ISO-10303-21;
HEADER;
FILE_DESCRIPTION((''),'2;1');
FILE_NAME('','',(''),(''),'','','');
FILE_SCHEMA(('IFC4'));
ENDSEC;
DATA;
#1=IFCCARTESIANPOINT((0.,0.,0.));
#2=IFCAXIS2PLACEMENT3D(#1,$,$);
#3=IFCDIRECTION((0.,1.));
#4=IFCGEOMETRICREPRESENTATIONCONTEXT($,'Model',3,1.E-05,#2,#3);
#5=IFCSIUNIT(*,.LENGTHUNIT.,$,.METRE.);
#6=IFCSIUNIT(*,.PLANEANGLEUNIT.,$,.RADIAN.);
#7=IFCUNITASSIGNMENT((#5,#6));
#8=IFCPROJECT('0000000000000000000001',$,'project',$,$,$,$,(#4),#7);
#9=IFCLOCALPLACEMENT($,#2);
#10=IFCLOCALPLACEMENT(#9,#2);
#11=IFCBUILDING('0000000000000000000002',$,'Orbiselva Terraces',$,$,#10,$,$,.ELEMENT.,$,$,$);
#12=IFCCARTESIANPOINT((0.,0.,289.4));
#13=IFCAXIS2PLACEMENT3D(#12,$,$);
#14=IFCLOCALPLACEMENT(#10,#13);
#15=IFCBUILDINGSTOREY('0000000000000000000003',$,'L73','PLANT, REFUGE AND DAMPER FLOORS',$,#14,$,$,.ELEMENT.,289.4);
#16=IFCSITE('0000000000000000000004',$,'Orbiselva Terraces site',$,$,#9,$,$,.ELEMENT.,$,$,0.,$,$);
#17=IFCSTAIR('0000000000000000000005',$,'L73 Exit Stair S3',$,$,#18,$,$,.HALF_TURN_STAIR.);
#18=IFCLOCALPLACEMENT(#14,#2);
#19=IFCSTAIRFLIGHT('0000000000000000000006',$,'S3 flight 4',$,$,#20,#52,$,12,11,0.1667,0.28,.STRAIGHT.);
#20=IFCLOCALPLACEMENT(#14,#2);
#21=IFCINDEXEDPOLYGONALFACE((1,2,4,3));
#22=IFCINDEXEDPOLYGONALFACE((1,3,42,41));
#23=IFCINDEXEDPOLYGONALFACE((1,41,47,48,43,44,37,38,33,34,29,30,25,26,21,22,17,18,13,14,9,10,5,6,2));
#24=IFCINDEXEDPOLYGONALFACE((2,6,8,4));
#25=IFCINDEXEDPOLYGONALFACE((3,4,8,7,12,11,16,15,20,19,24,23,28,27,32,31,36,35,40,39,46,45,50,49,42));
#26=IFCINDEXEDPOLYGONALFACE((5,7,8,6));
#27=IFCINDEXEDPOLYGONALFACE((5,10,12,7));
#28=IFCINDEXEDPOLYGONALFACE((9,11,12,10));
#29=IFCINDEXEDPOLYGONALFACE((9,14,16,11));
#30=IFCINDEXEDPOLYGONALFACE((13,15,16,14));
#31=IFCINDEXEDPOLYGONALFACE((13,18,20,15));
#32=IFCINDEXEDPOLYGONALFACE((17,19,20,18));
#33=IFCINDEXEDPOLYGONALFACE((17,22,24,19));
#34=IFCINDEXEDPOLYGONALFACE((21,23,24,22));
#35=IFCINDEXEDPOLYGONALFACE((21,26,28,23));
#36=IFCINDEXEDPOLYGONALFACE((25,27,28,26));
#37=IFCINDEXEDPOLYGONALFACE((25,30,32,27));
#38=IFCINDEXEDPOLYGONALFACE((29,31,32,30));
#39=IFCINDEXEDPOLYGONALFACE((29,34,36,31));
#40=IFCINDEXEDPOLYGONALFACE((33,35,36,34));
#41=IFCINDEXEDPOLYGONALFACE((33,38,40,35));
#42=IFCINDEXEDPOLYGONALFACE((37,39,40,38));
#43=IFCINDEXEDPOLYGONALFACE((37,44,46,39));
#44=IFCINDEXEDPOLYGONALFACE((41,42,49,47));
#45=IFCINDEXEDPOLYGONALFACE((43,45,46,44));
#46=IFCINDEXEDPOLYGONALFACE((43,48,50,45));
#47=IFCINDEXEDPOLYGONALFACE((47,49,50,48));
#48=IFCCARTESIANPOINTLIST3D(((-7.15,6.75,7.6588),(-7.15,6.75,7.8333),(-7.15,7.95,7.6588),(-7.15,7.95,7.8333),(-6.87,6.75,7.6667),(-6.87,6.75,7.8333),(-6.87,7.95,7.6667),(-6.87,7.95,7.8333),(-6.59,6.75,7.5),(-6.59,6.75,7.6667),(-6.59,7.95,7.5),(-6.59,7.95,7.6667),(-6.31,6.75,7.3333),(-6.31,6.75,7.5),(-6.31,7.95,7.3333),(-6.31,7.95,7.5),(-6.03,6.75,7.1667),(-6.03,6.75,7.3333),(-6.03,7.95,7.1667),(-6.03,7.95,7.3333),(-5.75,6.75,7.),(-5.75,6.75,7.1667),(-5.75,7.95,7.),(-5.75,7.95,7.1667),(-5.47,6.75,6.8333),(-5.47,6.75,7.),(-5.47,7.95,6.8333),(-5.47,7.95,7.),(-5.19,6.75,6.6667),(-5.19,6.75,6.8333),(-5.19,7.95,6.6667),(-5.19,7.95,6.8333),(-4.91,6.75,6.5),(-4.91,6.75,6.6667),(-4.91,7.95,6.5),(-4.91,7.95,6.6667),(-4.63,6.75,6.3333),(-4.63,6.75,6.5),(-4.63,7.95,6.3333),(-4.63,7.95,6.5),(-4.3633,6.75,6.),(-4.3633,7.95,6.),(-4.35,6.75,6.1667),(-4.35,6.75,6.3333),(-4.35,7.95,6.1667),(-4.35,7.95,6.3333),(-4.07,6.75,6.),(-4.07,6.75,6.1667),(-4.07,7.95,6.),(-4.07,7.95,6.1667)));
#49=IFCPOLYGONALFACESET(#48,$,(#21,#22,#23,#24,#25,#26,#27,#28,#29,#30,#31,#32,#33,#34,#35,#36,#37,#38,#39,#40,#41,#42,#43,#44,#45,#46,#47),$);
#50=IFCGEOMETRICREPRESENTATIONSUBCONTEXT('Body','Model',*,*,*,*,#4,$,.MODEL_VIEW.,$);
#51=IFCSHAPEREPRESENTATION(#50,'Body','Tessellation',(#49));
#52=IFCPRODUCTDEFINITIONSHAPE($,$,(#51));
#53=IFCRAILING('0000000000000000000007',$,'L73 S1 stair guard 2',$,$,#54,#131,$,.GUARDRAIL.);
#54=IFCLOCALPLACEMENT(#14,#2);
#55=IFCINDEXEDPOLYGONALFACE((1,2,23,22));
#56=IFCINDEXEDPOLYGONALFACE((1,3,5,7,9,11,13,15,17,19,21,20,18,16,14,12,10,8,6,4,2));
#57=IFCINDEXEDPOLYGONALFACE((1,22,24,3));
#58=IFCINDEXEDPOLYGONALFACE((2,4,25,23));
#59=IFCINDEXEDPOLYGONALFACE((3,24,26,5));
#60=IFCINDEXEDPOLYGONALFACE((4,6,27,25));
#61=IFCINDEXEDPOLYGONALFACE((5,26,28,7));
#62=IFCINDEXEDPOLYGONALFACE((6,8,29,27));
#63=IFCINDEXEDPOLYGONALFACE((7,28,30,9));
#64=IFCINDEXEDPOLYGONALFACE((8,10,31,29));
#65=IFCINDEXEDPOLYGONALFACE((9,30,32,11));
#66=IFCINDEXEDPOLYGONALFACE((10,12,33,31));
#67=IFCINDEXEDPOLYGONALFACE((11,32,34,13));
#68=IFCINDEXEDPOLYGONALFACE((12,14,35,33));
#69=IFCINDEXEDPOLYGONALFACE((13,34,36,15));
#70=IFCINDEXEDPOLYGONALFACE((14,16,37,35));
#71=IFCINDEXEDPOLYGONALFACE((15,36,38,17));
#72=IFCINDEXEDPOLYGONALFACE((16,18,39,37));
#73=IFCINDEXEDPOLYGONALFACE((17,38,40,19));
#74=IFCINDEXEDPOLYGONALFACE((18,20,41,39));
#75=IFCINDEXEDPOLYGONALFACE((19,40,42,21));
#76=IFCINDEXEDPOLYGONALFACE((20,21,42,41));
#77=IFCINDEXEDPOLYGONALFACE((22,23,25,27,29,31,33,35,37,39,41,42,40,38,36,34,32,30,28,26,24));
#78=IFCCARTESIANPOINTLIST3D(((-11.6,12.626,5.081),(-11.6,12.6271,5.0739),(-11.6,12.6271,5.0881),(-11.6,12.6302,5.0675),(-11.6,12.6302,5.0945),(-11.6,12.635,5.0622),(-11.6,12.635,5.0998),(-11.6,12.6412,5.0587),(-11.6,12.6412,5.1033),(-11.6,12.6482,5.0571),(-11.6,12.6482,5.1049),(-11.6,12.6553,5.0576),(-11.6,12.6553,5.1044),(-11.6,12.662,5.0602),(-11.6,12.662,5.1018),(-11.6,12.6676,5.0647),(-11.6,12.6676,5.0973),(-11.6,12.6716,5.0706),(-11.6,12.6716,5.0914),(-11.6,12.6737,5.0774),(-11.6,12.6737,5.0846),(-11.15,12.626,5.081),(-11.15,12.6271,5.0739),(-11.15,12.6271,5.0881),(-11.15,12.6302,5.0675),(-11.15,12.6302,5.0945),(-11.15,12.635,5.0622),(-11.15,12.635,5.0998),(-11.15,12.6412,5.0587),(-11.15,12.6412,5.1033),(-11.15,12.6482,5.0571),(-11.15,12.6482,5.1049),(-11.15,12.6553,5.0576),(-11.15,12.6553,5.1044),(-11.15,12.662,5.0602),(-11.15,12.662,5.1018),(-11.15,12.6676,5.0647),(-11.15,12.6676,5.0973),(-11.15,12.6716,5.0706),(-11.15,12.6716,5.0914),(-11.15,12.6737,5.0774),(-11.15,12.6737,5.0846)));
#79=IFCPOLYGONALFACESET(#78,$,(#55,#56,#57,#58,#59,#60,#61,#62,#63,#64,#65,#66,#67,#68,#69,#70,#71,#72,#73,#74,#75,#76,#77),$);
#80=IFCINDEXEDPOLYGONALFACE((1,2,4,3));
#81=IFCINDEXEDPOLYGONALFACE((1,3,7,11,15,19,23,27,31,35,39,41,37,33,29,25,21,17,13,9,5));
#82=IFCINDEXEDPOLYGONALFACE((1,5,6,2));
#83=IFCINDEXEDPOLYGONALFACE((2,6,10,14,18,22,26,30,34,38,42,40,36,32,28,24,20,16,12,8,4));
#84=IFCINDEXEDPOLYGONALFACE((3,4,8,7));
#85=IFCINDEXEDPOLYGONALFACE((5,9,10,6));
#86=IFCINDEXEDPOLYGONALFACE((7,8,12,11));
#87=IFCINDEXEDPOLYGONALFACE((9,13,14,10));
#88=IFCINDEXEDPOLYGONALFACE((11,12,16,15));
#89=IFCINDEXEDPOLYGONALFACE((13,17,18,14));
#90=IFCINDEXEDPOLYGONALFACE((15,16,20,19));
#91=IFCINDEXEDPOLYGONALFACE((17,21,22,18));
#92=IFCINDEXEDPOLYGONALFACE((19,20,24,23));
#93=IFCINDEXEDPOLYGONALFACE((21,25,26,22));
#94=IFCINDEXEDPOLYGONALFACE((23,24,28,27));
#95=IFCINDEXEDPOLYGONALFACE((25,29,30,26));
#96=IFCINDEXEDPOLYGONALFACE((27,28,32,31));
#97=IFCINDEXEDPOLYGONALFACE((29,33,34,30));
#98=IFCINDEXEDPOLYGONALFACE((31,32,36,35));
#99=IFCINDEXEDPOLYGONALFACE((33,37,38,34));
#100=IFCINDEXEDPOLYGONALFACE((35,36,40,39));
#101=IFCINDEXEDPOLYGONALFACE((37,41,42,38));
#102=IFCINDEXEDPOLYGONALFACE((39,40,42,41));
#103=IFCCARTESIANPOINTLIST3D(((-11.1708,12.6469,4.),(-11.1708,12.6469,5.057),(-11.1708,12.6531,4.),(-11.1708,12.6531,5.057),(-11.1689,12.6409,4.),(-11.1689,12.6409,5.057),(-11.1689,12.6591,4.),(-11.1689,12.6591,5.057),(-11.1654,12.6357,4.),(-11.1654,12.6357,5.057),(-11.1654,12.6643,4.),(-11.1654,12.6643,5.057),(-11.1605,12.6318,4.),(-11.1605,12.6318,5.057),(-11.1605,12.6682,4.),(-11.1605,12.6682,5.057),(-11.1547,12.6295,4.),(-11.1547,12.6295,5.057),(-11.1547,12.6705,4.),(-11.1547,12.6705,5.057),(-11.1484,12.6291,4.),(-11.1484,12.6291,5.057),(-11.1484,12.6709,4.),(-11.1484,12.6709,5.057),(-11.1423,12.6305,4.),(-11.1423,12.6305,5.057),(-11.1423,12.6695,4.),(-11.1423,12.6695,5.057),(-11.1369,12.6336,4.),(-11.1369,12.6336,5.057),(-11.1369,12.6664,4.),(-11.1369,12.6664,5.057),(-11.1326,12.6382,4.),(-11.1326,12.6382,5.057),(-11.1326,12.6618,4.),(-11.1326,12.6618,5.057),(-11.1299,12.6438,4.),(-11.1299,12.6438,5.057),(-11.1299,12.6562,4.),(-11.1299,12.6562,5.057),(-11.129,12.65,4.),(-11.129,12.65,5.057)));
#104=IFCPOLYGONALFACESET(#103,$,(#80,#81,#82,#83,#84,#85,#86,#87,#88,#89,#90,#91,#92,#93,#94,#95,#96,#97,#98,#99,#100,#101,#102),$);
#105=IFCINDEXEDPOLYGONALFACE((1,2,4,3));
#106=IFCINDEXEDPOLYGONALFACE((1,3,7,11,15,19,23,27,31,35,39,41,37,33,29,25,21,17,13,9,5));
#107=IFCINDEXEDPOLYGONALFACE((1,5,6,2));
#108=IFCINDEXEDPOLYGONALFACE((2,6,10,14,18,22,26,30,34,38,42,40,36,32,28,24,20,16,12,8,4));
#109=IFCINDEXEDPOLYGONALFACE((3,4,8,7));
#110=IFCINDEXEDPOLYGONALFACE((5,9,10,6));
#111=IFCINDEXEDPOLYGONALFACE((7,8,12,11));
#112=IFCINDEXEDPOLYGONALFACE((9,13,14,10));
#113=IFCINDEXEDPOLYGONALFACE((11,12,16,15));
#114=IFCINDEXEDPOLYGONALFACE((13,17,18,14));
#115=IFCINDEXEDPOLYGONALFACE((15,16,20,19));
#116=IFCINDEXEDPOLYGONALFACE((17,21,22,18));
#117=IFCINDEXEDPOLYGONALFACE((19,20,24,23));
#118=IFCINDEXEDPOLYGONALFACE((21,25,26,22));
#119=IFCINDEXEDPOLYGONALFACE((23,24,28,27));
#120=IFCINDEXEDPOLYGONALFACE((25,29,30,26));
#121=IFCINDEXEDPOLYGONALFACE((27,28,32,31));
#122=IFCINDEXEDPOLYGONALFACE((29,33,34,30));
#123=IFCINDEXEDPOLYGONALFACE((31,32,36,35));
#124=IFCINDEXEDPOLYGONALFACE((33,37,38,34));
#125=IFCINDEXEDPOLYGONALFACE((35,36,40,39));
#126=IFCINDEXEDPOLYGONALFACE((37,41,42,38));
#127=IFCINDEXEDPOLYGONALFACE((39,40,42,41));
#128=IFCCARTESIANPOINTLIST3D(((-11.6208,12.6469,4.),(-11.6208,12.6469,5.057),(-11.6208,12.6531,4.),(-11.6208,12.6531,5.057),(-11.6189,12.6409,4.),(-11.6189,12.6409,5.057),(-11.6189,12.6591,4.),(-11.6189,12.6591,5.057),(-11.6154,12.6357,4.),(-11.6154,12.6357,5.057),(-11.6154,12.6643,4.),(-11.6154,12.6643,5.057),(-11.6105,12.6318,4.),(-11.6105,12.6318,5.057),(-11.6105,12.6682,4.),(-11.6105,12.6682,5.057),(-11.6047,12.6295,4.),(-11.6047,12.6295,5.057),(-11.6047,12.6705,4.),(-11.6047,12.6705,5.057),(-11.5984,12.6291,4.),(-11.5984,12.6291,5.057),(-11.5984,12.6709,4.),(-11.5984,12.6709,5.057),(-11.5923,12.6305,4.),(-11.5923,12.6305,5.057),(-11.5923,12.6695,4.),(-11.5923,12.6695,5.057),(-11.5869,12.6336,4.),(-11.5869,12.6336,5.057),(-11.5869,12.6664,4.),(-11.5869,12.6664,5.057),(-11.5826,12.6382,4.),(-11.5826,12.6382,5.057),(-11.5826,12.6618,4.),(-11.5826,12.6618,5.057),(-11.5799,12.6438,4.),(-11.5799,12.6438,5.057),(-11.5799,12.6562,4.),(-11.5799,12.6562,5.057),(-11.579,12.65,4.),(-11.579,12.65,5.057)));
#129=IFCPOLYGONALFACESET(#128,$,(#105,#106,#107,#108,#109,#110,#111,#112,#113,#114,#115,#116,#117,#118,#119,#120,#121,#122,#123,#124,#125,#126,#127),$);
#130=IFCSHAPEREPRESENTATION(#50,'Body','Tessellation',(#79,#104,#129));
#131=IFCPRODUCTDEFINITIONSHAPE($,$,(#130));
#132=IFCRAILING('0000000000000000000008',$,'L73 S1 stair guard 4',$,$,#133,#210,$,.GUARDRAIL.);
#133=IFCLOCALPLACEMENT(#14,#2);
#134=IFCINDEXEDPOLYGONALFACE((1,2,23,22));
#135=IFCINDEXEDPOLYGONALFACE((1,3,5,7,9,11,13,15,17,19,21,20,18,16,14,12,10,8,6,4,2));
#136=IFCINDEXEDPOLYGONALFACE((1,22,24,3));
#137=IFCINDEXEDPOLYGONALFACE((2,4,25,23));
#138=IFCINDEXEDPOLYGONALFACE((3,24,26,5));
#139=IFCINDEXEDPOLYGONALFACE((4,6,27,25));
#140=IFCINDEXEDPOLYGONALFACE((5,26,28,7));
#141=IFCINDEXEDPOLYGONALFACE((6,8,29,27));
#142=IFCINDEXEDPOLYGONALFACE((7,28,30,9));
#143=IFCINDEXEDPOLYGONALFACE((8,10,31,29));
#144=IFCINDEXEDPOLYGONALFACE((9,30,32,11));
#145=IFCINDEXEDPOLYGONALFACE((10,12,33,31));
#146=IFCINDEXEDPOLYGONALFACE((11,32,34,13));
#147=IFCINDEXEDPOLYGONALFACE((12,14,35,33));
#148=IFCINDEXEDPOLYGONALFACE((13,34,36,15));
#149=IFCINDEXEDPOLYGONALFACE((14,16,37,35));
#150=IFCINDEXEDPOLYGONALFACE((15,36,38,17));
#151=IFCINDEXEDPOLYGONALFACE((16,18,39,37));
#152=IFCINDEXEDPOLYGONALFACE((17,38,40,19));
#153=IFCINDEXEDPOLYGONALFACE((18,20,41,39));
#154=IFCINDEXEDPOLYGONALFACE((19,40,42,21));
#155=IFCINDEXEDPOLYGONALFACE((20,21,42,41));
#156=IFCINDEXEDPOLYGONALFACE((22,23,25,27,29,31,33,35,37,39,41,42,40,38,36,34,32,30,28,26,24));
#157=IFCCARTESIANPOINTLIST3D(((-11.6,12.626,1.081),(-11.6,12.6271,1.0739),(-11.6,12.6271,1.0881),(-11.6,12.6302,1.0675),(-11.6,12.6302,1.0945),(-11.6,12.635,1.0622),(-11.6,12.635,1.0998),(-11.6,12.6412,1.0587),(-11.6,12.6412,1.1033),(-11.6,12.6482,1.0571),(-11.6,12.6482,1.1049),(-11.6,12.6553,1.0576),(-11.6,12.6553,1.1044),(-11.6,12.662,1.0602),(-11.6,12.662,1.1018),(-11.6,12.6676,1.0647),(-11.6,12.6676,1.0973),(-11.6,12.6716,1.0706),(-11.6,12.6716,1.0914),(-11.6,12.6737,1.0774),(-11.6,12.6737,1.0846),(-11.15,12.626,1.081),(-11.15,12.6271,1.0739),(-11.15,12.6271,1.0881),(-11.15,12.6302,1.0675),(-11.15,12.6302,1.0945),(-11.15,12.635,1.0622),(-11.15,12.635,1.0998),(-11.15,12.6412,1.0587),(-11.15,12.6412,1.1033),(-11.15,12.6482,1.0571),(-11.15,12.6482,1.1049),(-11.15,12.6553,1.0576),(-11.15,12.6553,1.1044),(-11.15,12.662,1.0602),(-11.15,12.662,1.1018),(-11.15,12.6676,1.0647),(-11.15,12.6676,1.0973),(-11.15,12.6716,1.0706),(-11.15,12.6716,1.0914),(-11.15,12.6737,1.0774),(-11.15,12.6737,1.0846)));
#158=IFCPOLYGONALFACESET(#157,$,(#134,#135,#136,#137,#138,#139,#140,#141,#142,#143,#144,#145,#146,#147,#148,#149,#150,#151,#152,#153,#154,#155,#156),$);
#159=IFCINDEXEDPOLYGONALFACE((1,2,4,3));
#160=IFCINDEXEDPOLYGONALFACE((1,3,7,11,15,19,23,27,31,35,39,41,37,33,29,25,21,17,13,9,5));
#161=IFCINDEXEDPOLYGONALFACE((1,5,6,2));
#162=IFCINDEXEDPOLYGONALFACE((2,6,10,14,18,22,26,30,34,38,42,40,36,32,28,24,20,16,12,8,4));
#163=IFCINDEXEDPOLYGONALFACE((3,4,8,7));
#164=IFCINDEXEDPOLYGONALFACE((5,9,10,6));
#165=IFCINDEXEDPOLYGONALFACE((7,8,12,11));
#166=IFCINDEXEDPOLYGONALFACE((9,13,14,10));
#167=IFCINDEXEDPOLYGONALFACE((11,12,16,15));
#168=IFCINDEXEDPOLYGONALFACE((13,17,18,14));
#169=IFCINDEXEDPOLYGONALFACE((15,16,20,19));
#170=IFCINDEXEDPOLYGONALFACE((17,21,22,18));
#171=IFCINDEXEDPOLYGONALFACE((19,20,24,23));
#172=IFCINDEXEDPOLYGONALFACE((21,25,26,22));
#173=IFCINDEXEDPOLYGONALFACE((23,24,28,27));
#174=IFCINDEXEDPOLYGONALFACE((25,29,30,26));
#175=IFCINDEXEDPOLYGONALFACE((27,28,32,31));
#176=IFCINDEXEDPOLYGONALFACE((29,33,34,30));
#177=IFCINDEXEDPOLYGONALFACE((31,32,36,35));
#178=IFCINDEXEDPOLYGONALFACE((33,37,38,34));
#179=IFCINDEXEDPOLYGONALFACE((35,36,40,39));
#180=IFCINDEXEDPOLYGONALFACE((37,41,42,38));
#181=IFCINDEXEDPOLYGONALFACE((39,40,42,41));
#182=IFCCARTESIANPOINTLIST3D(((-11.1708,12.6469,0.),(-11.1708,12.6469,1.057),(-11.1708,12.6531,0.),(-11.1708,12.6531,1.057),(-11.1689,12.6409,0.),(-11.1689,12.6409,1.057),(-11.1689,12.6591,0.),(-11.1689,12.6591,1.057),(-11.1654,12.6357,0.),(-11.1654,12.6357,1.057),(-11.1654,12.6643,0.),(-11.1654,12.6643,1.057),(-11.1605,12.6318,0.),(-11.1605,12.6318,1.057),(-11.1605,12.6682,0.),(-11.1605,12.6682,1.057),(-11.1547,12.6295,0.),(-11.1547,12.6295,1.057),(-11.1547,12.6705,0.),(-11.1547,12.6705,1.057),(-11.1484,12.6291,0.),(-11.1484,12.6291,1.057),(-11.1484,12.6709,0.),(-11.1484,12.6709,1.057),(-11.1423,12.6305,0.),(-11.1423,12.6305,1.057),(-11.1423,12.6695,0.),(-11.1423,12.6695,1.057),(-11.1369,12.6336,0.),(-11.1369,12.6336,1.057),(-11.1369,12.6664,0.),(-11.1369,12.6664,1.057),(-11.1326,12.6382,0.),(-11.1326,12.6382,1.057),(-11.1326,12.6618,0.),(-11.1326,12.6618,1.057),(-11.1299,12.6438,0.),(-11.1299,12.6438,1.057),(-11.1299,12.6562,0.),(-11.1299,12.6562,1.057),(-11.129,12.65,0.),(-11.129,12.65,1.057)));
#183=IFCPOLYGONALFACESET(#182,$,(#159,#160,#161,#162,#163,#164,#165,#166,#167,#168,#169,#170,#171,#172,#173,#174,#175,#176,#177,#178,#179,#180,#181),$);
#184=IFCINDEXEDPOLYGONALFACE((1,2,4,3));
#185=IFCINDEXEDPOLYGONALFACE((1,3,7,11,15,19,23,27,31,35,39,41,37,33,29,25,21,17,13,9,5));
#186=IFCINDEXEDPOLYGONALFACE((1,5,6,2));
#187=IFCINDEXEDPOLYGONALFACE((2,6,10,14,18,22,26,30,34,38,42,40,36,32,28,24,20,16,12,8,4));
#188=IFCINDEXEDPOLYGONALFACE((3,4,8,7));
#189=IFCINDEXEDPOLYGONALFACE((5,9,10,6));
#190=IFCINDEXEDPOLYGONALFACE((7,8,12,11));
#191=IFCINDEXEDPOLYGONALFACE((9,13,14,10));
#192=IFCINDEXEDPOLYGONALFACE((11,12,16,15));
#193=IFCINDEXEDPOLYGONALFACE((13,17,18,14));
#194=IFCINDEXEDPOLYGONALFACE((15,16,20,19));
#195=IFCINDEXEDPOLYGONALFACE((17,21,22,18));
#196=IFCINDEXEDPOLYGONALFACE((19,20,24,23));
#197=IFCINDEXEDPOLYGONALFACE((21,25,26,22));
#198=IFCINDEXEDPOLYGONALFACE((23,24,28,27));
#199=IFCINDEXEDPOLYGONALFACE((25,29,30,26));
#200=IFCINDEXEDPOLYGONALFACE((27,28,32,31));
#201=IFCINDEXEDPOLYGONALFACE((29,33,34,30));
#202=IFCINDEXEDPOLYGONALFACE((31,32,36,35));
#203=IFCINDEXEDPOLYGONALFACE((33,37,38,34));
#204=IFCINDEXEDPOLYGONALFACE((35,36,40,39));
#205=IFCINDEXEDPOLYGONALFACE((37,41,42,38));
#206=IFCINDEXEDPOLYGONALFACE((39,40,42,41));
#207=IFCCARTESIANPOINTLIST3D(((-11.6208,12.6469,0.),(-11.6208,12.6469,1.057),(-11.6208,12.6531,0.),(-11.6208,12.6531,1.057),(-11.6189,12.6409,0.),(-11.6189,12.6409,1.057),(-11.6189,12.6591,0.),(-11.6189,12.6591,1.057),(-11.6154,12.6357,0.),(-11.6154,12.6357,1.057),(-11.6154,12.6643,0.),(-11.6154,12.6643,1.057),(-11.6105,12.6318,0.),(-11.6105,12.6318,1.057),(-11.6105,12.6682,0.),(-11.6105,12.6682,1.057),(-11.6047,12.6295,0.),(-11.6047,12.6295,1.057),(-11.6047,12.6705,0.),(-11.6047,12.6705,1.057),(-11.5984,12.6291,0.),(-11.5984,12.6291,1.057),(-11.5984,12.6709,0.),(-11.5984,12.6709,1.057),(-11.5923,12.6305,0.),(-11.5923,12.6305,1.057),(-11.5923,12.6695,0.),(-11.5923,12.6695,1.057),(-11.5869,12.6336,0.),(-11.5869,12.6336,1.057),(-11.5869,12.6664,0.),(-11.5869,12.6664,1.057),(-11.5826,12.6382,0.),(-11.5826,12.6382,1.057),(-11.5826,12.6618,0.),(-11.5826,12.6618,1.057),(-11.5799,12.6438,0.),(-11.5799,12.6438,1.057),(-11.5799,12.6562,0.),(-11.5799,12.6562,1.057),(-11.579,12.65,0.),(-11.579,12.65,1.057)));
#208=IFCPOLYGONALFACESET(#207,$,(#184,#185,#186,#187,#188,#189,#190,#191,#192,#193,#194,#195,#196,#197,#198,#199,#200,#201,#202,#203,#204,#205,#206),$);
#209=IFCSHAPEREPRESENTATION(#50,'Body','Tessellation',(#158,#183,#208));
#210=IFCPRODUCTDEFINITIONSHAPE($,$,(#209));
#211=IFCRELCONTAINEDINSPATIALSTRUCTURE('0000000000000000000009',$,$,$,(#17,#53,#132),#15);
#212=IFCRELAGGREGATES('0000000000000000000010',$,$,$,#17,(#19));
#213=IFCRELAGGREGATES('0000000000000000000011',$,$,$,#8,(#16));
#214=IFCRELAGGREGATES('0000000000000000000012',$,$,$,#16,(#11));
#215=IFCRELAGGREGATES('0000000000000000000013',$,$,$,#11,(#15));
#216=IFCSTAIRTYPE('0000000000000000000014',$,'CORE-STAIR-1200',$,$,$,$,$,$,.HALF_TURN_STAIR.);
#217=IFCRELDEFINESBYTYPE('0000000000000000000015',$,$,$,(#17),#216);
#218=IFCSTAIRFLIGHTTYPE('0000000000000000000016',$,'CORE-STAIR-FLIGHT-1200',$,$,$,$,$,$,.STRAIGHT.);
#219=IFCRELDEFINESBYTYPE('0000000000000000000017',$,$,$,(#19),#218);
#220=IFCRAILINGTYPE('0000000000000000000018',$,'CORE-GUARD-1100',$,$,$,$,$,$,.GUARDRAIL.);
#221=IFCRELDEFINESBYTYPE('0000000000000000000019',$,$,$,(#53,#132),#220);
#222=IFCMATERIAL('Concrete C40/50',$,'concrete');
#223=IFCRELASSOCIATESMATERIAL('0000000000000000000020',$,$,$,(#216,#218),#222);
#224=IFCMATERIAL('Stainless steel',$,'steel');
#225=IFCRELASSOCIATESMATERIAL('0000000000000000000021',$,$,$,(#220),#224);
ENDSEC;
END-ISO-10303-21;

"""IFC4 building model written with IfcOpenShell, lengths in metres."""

from ifc_helpers import new_model, si_unit, direction, frame, origin, origin_2d, place, context, subcontext, project, spatial, polyline, circle, outline, extrude, material, type_object, element, aggregate, save


model = new_model("IFC4")

# Units and contexts
model_context = context("Model", 3, precision=1e-05, world=origin(), true_north=direction((0.0, 1.0)))
body_context = subcontext(model_context, "Body", "Model", "MODEL_VIEW")
ifc_project = project(units=[si_unit("LENGTHUNIT", "METRE"), si_unit("PLANEANGLEUNIT", "RADIAN")], contexts=[model_context])

# Site, building, storey
site_placement = place(None, origin())
site = spatial("IfcSite", under=ifc_project, at=site_placement, Name="Orbiselva Terraces site", CompositionType="ELEMENT", RefElevation=0.0)
building_placement = place(site_placement, origin())
building = spatial("IfcBuilding", under=site, at=building_placement, Name="Orbiselva Terraces", CompositionType="ELEMENT")
storey_placement = place(building_placement, frame((0.0, 0.0, 289.4)))
storey = spatial("IfcBuildingStorey", under=building, at=storey_placement, Name="L73", Description="PLANT, REFUGE AND DAMPER FLOORS", CompositionType="ELEMENT", Elevation=289.4)

# Stair, stair flight
ifc_material_1 = material(Name="Concrete C40/50", Category="concrete")
stair_type = type_object("IfcStairType", Name="CORE-STAIR-1200", PredefinedType="HALF_TURN_STAIR", material=ifc_material_1)
stair_placement = place(storey_placement, origin())
stair = element("IfcStair", 1, at=stair_placement, inside=storey, type_object=stair_type, Name="L73 Exit Stair S3", PredefinedType="HALF_TURN_STAIR")
stair_flight_type = type_object("IfcStairFlightType", Name="CORE-STAIR-FLIGHT-1200", PredefinedType="STRAIGHT", material=ifc_material_1)
stair_flight_1_placement = place(storey_placement, frame((-4.07, 7.35, 6.0), z_axis=(0.0, 0.0, 1.0), x_axis=(-1.0, 0.0, 0.0)))
stair_flight_1 = element("IfcStairFlight", 2, at=stair_flight_1_placement, type_object=stair_flight_type, Name="S3 flight 4", NumberOfRisers=12, NumberOfTreads=11, PredefinedType="STRAIGHT", RiserHeight=0.1667, TreadLength=0.28, context=body_context, shape_type="SweptSolid", body=[
    extrude(outline(polyline([(0.0, 0.0), (0.0, 0.1667), (0.28, 0.1667), (0.28, 0.3333), (0.56, 0.3333), (0.56, 0.5), (0.84, 0.5), (0.84, 0.6667), (1.12, 0.6667), (1.12, 0.8333), (1.4, 0.8333), (1.4, 1.0), (1.68, 1.0), (1.68, 1.1667), (1.96, 1.1667), (1.96, 1.3333), (2.24, 1.3333), (2.24, 1.5), (2.52, 1.5), (2.52, 1.6667), (2.8, 1.6667), (2.8, 1.8333), (3.08, 1.8333), (3.08, 2.0), (3.08, 1.6588), (0.2933, 0.0), (0.0, 0.0)])), frame((0.0, 0.6, 0.0), z_axis=(0.0, -1.0, 0.0), x_axis=(1.0, 0.0, 0.0)), (0.0, 0.0, 1.0), 1.2),
])
aggregate(stair, [stair_flight_1])

# Railings
ifc_material_2 = material(Name="Stainless steel", Category="steel")
railing_type_1 = type_object("IfcRailingType", Name="CORE-GUARD-1100", PredefinedType="GUARDRAIL", material=ifc_material_2)
for number, where, name in (
    (3, (-11.15, 12.65, 4.0), "L73 S1 stair guard 2"),
    (4, (-11.15, 12.65, 0.0), "L73 S1 stair guard 4"),
):
    element("IfcRailing", number, at=place(storey_placement, frame(where)), inside=storey, type_object=railing_type_1, Name=name, PredefinedType="GUARDRAIL", context=body_context, shape_type="SweptSolid", body=[
        extrude(circle(Radius=0.024, at=origin_2d()), frame((0.0, 0.0, 1.081), z_axis=(-1.0, 0.0, 0.0), x_axis=(0.0, -1.0, 0.0)), (0.0, 0.0, 1.0), 0.45),
        extrude(circle(Radius=0.021, at=origin_2d()), origin(), (0.0, 0.0, 1.0), 1.057),
        extrude(circle(Radius=0.021, at=origin_2d()), frame((-0.45, 0.0, 0.0)), (0.0, 0.0, 1.0), 1.057),
    ])

save(model, "model.ifc")
